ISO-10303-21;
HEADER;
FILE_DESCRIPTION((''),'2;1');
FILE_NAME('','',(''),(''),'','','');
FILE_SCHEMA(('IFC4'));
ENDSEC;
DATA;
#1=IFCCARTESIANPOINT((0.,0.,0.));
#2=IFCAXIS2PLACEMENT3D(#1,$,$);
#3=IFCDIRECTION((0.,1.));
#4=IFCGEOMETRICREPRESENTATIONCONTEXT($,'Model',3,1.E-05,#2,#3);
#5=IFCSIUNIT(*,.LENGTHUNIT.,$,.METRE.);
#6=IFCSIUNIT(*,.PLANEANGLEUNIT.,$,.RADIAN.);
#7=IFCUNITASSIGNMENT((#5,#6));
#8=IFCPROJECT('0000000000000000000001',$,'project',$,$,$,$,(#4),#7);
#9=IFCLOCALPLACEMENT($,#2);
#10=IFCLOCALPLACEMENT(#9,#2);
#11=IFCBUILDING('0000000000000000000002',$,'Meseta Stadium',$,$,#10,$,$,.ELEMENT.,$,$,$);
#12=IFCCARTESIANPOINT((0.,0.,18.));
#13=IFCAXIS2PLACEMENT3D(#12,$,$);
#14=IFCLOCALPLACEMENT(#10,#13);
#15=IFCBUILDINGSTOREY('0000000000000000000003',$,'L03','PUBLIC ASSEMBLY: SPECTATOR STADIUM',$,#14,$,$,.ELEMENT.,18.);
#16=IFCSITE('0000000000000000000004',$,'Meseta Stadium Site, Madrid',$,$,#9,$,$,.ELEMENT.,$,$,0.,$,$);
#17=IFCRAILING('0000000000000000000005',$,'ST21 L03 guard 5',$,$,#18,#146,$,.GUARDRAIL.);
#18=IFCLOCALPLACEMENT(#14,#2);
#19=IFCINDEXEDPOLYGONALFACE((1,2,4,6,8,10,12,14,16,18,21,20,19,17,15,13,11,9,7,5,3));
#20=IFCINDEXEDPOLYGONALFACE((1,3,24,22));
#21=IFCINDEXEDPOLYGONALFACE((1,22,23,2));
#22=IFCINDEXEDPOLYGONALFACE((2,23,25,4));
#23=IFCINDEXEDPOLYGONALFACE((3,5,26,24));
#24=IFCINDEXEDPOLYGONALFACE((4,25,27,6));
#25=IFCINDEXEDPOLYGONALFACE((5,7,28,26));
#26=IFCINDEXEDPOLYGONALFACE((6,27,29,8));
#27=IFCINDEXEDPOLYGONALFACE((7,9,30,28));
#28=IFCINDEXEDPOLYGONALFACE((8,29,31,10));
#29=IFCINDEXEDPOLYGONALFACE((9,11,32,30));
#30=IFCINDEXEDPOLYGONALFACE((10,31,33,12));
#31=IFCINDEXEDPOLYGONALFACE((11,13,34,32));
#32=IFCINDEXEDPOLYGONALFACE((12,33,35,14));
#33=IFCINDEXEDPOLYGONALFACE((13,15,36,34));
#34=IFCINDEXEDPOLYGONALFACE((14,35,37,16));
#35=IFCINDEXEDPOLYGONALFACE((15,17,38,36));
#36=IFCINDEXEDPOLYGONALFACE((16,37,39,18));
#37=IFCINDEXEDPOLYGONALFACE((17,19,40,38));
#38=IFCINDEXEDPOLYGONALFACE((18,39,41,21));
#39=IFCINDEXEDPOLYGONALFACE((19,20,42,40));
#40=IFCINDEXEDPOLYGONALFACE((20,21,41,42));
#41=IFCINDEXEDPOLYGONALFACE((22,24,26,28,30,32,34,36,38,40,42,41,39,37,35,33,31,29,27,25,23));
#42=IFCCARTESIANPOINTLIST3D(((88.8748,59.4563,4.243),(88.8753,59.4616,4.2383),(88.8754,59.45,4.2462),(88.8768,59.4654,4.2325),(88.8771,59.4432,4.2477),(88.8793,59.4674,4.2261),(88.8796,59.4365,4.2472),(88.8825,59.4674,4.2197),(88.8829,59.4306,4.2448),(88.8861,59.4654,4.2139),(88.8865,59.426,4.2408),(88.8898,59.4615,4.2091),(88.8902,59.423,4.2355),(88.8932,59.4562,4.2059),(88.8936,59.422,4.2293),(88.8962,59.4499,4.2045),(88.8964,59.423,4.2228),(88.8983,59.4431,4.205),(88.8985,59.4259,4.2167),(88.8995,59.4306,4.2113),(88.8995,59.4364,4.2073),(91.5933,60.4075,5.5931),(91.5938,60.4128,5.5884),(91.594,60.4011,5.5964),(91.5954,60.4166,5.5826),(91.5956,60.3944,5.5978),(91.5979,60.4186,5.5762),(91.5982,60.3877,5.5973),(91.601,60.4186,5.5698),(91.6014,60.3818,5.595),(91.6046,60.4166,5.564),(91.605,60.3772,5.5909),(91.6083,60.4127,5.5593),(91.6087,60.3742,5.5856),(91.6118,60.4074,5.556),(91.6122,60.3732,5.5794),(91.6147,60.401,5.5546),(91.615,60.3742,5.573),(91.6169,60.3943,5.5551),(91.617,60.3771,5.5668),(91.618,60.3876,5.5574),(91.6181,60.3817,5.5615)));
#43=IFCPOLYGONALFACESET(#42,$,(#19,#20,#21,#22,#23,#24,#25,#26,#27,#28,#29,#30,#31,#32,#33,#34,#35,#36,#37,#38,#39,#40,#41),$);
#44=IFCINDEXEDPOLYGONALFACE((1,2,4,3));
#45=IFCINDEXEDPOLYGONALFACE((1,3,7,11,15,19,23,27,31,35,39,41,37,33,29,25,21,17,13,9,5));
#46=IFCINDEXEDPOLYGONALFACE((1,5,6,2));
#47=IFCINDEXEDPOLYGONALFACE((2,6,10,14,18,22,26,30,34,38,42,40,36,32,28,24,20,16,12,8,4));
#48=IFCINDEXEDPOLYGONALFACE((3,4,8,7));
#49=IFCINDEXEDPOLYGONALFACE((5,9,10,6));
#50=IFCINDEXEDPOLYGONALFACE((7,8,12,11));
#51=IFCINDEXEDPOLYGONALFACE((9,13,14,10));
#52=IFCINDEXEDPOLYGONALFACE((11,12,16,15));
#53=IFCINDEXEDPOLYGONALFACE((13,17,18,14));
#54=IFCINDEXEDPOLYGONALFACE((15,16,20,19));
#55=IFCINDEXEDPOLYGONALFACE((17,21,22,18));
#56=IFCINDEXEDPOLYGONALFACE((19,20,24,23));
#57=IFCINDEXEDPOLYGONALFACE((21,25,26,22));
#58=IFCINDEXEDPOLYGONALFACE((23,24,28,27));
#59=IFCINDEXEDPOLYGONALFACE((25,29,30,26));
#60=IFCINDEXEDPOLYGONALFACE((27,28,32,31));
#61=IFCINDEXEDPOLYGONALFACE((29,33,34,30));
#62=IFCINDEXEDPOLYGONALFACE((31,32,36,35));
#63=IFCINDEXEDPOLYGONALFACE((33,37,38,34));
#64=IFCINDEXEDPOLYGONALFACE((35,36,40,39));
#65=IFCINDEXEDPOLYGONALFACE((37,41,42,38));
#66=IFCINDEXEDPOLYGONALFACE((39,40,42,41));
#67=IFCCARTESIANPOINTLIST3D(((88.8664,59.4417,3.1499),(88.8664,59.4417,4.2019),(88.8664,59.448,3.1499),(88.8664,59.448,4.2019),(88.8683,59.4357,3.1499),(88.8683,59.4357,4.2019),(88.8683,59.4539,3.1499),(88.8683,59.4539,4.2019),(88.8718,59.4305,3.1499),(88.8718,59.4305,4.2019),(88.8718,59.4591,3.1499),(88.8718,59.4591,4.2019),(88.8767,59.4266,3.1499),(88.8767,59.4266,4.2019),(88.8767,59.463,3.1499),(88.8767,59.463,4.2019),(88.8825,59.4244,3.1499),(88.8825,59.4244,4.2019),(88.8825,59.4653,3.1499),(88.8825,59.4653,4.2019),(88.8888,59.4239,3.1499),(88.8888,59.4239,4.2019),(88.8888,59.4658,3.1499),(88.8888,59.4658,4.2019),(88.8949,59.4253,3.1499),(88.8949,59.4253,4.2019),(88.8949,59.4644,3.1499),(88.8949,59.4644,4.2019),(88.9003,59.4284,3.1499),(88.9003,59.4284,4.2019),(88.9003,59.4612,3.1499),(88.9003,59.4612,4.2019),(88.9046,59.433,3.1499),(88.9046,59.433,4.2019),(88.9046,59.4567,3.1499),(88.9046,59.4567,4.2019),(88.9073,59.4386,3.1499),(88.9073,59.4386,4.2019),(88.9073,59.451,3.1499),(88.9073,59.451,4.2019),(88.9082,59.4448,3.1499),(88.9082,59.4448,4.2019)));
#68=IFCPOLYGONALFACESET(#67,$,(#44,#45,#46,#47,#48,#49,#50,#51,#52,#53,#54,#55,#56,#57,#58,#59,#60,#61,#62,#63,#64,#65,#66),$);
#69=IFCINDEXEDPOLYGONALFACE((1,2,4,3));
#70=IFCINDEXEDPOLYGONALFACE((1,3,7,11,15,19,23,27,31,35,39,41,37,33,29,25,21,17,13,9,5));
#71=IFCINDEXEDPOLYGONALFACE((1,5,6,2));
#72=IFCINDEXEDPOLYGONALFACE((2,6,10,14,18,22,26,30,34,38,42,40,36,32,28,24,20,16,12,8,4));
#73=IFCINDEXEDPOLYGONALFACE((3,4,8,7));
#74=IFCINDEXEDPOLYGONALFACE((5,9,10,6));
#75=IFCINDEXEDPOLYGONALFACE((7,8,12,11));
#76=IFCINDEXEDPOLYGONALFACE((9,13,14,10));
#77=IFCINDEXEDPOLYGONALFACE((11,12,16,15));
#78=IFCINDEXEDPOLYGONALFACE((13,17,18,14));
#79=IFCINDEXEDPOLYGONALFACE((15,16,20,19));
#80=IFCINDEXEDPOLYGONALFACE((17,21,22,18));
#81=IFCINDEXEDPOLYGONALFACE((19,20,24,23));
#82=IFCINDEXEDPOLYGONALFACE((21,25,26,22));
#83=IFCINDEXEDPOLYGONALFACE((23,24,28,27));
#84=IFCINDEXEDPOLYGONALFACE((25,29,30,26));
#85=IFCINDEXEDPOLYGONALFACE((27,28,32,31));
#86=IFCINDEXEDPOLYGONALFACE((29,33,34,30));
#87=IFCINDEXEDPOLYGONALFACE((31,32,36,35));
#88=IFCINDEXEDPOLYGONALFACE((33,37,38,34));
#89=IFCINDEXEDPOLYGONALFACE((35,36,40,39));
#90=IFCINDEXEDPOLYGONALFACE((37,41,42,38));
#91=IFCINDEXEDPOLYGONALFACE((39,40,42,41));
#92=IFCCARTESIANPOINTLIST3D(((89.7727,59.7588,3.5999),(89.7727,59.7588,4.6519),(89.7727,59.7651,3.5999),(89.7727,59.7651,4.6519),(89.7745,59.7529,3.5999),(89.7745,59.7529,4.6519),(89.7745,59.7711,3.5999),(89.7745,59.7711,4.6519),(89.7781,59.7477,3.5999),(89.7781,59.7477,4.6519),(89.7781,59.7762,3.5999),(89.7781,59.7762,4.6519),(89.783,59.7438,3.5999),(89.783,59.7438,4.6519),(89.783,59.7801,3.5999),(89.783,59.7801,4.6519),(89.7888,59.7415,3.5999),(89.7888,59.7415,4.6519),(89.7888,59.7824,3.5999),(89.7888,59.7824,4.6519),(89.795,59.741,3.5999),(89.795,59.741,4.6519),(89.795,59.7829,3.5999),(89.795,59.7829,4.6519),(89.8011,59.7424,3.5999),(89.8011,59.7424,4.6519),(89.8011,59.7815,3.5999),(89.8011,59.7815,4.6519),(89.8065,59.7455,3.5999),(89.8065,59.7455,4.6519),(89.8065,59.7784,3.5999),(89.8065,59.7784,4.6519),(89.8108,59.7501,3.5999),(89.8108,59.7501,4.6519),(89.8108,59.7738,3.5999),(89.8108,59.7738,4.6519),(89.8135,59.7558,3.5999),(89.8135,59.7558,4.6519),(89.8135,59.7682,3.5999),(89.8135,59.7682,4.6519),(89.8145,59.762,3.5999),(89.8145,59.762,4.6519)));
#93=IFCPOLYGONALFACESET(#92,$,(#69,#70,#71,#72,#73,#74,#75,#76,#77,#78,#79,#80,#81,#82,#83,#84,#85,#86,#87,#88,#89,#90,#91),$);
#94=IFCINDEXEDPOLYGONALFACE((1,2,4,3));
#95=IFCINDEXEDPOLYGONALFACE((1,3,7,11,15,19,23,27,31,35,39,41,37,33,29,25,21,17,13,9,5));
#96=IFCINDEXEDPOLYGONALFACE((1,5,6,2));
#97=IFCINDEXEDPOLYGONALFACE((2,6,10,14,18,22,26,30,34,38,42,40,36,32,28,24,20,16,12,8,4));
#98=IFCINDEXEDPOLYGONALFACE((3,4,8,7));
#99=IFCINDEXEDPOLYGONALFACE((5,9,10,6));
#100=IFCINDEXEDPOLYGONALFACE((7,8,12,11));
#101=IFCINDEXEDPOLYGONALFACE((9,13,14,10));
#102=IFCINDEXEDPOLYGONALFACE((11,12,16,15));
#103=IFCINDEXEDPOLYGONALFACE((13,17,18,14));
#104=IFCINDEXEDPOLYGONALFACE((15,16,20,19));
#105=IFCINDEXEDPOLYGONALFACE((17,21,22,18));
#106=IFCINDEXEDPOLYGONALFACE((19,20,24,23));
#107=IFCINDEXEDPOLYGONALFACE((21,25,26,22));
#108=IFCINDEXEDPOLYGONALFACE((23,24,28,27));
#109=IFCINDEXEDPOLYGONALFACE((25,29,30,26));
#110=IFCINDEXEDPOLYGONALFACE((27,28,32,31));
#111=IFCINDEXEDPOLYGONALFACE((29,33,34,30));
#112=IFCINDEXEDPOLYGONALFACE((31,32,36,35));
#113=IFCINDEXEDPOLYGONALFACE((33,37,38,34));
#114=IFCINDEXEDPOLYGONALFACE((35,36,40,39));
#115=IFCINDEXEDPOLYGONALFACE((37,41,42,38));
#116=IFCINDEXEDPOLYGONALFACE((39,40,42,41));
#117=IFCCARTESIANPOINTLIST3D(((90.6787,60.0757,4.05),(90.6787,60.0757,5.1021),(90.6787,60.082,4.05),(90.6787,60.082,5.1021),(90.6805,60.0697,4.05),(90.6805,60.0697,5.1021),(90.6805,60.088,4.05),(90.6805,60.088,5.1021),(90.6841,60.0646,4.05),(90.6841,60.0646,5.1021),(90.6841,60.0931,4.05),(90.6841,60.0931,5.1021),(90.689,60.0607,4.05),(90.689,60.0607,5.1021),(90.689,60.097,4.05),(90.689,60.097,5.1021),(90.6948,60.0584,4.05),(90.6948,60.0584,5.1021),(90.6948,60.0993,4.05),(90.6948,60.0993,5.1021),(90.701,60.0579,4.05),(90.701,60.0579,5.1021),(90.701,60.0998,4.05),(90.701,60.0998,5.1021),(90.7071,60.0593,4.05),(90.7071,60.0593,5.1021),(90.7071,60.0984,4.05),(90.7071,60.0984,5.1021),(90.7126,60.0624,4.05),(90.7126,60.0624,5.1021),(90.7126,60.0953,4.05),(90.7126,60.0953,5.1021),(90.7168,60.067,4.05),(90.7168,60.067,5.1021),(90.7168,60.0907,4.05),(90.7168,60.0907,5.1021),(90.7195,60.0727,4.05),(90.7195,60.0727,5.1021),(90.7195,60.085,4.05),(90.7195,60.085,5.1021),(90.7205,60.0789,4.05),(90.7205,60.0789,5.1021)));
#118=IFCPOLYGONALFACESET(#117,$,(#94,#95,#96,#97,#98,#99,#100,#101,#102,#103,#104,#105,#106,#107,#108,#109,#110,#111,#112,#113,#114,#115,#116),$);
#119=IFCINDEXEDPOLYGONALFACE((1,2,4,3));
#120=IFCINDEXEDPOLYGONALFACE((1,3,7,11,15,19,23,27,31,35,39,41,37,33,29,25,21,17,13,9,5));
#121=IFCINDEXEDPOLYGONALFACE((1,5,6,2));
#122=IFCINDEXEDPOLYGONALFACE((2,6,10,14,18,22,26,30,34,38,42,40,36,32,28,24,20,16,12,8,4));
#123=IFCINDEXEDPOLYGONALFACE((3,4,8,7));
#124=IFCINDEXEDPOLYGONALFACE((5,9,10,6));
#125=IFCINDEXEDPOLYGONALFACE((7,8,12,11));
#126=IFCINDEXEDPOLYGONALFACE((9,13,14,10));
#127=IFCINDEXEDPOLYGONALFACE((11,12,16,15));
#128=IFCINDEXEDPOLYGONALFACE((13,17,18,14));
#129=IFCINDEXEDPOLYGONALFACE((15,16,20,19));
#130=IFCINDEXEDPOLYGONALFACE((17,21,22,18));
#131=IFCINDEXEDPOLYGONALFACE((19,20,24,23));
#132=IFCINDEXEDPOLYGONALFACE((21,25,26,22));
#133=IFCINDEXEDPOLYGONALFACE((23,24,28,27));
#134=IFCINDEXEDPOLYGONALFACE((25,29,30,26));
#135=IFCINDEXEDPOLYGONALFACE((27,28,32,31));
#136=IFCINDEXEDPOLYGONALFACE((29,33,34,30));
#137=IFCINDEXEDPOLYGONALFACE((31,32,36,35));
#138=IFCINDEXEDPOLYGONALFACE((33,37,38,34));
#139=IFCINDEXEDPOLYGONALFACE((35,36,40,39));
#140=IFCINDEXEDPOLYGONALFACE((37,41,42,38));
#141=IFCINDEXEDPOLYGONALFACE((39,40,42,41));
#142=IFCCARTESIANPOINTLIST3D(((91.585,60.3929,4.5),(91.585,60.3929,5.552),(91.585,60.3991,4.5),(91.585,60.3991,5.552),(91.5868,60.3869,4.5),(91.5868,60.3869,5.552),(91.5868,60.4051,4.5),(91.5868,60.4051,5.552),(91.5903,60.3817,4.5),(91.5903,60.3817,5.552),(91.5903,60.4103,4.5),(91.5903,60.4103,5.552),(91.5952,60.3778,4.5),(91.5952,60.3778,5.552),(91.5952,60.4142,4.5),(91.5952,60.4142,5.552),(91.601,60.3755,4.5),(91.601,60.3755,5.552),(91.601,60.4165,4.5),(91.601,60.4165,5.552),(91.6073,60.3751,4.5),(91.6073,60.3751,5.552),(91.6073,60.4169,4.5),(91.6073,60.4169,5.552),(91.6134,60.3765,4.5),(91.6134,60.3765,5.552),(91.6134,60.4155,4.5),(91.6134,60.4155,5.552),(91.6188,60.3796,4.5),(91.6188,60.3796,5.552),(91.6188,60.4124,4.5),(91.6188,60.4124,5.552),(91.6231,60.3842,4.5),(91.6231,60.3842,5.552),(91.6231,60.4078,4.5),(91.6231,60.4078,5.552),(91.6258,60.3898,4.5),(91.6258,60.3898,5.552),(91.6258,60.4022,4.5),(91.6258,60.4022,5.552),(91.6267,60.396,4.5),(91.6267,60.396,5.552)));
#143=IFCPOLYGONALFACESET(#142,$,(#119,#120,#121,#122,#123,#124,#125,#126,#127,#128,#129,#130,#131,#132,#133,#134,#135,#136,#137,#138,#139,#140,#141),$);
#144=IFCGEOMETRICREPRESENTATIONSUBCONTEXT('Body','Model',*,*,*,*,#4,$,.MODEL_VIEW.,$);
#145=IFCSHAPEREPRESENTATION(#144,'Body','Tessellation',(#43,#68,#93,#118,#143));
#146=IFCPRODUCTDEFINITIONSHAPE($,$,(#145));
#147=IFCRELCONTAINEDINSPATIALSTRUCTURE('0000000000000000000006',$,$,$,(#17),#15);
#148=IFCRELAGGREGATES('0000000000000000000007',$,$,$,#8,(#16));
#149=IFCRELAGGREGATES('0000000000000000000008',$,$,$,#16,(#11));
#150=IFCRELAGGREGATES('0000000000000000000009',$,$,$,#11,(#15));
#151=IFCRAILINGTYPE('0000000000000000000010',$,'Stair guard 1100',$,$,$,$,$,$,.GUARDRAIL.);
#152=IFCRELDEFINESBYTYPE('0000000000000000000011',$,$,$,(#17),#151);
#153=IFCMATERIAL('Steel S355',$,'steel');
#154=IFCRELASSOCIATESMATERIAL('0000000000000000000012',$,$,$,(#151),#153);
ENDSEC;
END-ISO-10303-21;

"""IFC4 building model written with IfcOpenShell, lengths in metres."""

from ifc_helpers import new_model, si_unit, direction, frame, origin, origin_2d, place, context, subcontext, project, spatial, circle, extrude, material, type_object, element, save


model = new_model("IFC4")

# Units and contexts
model_context = context("Model", 3, precision=1e-05, world=origin(), true_north=direction((0.0, 1.0)))
body_context = subcontext(model_context, "Body", "Model", "MODEL_VIEW")
ifc_project = project(units=[si_unit("LENGTHUNIT", "METRE"), si_unit("PLANEANGLEUNIT", "RADIAN")], contexts=[model_context])

# Site, building, storey
site_placement = place(None, origin())
site = spatial("IfcSite", under=ifc_project, at=site_placement, Name="Meseta Stadium Site, Madrid", CompositionType="ELEMENT", RefElevation=0.0)
building_placement = place(site_placement, origin())
building = spatial("IfcBuilding", under=site, at=building_placement, Name="Meseta Stadium", CompositionType="ELEMENT")
storey_placement = place(building_placement, frame((0.0, 0.0, 18.0)))
storey = spatial("IfcBuildingStorey", under=building, at=storey_placement, Name="L03", Description="PUBLIC ASSEMBLY: SPECTATOR STADIUM", CompositionType="ELEMENT", Elevation=18.0)

# Railing
ifc_material_1 = material(Name="Steel S355", Category="steel")
railing_type_1 = type_object("IfcRailingType", Name="Stair guard 1100", PredefinedType="GUARDRAIL", material=ifc_material_1)
railing_1_placement = place(storey_placement, frame((88.8872, 59.4448, 3.1499)))
element("IfcRailing", 1, at=railing_1_placement, inside=storey, type_object=railing_type_1, Name="ST21 L03 guard 5", PredefinedType="GUARDRAIL", context=body_context, shape_type="SweptSolid", body=[
    extrude(circle(Radius=0.0239, at=origin_2d()), frame((0.0, 0.0, 1.0762), z_axis=(0.854649, 0.299031, 0.424446), x_axis=(-0.330256, 0.943891, 0.0)), (0.0, 0.0, 1.0), 3.1809),
    extrude(circle(Radius=0.021, at=origin_2d()), origin(), (0.0, 0.0, 1.0), 1.052),
    extrude(circle(Radius=0.021, at=origin_2d()), frame((0.9062, 0.3171, 0.45)), (0.0, 0.0, 1.0), 1.052),
    extrude(circle(Radius=0.021, at=origin_2d()), frame((1.8123, 0.634, 0.9001)), (0.0, 0.0, 1.0), 1.052),
    extrude(circle(Radius=0.021, at=origin_2d()), frame((2.7185, 0.9512, 1.3501)), (0.0, 0.0, 1.0), 1.052),
])

save(model, "model.ifc")
